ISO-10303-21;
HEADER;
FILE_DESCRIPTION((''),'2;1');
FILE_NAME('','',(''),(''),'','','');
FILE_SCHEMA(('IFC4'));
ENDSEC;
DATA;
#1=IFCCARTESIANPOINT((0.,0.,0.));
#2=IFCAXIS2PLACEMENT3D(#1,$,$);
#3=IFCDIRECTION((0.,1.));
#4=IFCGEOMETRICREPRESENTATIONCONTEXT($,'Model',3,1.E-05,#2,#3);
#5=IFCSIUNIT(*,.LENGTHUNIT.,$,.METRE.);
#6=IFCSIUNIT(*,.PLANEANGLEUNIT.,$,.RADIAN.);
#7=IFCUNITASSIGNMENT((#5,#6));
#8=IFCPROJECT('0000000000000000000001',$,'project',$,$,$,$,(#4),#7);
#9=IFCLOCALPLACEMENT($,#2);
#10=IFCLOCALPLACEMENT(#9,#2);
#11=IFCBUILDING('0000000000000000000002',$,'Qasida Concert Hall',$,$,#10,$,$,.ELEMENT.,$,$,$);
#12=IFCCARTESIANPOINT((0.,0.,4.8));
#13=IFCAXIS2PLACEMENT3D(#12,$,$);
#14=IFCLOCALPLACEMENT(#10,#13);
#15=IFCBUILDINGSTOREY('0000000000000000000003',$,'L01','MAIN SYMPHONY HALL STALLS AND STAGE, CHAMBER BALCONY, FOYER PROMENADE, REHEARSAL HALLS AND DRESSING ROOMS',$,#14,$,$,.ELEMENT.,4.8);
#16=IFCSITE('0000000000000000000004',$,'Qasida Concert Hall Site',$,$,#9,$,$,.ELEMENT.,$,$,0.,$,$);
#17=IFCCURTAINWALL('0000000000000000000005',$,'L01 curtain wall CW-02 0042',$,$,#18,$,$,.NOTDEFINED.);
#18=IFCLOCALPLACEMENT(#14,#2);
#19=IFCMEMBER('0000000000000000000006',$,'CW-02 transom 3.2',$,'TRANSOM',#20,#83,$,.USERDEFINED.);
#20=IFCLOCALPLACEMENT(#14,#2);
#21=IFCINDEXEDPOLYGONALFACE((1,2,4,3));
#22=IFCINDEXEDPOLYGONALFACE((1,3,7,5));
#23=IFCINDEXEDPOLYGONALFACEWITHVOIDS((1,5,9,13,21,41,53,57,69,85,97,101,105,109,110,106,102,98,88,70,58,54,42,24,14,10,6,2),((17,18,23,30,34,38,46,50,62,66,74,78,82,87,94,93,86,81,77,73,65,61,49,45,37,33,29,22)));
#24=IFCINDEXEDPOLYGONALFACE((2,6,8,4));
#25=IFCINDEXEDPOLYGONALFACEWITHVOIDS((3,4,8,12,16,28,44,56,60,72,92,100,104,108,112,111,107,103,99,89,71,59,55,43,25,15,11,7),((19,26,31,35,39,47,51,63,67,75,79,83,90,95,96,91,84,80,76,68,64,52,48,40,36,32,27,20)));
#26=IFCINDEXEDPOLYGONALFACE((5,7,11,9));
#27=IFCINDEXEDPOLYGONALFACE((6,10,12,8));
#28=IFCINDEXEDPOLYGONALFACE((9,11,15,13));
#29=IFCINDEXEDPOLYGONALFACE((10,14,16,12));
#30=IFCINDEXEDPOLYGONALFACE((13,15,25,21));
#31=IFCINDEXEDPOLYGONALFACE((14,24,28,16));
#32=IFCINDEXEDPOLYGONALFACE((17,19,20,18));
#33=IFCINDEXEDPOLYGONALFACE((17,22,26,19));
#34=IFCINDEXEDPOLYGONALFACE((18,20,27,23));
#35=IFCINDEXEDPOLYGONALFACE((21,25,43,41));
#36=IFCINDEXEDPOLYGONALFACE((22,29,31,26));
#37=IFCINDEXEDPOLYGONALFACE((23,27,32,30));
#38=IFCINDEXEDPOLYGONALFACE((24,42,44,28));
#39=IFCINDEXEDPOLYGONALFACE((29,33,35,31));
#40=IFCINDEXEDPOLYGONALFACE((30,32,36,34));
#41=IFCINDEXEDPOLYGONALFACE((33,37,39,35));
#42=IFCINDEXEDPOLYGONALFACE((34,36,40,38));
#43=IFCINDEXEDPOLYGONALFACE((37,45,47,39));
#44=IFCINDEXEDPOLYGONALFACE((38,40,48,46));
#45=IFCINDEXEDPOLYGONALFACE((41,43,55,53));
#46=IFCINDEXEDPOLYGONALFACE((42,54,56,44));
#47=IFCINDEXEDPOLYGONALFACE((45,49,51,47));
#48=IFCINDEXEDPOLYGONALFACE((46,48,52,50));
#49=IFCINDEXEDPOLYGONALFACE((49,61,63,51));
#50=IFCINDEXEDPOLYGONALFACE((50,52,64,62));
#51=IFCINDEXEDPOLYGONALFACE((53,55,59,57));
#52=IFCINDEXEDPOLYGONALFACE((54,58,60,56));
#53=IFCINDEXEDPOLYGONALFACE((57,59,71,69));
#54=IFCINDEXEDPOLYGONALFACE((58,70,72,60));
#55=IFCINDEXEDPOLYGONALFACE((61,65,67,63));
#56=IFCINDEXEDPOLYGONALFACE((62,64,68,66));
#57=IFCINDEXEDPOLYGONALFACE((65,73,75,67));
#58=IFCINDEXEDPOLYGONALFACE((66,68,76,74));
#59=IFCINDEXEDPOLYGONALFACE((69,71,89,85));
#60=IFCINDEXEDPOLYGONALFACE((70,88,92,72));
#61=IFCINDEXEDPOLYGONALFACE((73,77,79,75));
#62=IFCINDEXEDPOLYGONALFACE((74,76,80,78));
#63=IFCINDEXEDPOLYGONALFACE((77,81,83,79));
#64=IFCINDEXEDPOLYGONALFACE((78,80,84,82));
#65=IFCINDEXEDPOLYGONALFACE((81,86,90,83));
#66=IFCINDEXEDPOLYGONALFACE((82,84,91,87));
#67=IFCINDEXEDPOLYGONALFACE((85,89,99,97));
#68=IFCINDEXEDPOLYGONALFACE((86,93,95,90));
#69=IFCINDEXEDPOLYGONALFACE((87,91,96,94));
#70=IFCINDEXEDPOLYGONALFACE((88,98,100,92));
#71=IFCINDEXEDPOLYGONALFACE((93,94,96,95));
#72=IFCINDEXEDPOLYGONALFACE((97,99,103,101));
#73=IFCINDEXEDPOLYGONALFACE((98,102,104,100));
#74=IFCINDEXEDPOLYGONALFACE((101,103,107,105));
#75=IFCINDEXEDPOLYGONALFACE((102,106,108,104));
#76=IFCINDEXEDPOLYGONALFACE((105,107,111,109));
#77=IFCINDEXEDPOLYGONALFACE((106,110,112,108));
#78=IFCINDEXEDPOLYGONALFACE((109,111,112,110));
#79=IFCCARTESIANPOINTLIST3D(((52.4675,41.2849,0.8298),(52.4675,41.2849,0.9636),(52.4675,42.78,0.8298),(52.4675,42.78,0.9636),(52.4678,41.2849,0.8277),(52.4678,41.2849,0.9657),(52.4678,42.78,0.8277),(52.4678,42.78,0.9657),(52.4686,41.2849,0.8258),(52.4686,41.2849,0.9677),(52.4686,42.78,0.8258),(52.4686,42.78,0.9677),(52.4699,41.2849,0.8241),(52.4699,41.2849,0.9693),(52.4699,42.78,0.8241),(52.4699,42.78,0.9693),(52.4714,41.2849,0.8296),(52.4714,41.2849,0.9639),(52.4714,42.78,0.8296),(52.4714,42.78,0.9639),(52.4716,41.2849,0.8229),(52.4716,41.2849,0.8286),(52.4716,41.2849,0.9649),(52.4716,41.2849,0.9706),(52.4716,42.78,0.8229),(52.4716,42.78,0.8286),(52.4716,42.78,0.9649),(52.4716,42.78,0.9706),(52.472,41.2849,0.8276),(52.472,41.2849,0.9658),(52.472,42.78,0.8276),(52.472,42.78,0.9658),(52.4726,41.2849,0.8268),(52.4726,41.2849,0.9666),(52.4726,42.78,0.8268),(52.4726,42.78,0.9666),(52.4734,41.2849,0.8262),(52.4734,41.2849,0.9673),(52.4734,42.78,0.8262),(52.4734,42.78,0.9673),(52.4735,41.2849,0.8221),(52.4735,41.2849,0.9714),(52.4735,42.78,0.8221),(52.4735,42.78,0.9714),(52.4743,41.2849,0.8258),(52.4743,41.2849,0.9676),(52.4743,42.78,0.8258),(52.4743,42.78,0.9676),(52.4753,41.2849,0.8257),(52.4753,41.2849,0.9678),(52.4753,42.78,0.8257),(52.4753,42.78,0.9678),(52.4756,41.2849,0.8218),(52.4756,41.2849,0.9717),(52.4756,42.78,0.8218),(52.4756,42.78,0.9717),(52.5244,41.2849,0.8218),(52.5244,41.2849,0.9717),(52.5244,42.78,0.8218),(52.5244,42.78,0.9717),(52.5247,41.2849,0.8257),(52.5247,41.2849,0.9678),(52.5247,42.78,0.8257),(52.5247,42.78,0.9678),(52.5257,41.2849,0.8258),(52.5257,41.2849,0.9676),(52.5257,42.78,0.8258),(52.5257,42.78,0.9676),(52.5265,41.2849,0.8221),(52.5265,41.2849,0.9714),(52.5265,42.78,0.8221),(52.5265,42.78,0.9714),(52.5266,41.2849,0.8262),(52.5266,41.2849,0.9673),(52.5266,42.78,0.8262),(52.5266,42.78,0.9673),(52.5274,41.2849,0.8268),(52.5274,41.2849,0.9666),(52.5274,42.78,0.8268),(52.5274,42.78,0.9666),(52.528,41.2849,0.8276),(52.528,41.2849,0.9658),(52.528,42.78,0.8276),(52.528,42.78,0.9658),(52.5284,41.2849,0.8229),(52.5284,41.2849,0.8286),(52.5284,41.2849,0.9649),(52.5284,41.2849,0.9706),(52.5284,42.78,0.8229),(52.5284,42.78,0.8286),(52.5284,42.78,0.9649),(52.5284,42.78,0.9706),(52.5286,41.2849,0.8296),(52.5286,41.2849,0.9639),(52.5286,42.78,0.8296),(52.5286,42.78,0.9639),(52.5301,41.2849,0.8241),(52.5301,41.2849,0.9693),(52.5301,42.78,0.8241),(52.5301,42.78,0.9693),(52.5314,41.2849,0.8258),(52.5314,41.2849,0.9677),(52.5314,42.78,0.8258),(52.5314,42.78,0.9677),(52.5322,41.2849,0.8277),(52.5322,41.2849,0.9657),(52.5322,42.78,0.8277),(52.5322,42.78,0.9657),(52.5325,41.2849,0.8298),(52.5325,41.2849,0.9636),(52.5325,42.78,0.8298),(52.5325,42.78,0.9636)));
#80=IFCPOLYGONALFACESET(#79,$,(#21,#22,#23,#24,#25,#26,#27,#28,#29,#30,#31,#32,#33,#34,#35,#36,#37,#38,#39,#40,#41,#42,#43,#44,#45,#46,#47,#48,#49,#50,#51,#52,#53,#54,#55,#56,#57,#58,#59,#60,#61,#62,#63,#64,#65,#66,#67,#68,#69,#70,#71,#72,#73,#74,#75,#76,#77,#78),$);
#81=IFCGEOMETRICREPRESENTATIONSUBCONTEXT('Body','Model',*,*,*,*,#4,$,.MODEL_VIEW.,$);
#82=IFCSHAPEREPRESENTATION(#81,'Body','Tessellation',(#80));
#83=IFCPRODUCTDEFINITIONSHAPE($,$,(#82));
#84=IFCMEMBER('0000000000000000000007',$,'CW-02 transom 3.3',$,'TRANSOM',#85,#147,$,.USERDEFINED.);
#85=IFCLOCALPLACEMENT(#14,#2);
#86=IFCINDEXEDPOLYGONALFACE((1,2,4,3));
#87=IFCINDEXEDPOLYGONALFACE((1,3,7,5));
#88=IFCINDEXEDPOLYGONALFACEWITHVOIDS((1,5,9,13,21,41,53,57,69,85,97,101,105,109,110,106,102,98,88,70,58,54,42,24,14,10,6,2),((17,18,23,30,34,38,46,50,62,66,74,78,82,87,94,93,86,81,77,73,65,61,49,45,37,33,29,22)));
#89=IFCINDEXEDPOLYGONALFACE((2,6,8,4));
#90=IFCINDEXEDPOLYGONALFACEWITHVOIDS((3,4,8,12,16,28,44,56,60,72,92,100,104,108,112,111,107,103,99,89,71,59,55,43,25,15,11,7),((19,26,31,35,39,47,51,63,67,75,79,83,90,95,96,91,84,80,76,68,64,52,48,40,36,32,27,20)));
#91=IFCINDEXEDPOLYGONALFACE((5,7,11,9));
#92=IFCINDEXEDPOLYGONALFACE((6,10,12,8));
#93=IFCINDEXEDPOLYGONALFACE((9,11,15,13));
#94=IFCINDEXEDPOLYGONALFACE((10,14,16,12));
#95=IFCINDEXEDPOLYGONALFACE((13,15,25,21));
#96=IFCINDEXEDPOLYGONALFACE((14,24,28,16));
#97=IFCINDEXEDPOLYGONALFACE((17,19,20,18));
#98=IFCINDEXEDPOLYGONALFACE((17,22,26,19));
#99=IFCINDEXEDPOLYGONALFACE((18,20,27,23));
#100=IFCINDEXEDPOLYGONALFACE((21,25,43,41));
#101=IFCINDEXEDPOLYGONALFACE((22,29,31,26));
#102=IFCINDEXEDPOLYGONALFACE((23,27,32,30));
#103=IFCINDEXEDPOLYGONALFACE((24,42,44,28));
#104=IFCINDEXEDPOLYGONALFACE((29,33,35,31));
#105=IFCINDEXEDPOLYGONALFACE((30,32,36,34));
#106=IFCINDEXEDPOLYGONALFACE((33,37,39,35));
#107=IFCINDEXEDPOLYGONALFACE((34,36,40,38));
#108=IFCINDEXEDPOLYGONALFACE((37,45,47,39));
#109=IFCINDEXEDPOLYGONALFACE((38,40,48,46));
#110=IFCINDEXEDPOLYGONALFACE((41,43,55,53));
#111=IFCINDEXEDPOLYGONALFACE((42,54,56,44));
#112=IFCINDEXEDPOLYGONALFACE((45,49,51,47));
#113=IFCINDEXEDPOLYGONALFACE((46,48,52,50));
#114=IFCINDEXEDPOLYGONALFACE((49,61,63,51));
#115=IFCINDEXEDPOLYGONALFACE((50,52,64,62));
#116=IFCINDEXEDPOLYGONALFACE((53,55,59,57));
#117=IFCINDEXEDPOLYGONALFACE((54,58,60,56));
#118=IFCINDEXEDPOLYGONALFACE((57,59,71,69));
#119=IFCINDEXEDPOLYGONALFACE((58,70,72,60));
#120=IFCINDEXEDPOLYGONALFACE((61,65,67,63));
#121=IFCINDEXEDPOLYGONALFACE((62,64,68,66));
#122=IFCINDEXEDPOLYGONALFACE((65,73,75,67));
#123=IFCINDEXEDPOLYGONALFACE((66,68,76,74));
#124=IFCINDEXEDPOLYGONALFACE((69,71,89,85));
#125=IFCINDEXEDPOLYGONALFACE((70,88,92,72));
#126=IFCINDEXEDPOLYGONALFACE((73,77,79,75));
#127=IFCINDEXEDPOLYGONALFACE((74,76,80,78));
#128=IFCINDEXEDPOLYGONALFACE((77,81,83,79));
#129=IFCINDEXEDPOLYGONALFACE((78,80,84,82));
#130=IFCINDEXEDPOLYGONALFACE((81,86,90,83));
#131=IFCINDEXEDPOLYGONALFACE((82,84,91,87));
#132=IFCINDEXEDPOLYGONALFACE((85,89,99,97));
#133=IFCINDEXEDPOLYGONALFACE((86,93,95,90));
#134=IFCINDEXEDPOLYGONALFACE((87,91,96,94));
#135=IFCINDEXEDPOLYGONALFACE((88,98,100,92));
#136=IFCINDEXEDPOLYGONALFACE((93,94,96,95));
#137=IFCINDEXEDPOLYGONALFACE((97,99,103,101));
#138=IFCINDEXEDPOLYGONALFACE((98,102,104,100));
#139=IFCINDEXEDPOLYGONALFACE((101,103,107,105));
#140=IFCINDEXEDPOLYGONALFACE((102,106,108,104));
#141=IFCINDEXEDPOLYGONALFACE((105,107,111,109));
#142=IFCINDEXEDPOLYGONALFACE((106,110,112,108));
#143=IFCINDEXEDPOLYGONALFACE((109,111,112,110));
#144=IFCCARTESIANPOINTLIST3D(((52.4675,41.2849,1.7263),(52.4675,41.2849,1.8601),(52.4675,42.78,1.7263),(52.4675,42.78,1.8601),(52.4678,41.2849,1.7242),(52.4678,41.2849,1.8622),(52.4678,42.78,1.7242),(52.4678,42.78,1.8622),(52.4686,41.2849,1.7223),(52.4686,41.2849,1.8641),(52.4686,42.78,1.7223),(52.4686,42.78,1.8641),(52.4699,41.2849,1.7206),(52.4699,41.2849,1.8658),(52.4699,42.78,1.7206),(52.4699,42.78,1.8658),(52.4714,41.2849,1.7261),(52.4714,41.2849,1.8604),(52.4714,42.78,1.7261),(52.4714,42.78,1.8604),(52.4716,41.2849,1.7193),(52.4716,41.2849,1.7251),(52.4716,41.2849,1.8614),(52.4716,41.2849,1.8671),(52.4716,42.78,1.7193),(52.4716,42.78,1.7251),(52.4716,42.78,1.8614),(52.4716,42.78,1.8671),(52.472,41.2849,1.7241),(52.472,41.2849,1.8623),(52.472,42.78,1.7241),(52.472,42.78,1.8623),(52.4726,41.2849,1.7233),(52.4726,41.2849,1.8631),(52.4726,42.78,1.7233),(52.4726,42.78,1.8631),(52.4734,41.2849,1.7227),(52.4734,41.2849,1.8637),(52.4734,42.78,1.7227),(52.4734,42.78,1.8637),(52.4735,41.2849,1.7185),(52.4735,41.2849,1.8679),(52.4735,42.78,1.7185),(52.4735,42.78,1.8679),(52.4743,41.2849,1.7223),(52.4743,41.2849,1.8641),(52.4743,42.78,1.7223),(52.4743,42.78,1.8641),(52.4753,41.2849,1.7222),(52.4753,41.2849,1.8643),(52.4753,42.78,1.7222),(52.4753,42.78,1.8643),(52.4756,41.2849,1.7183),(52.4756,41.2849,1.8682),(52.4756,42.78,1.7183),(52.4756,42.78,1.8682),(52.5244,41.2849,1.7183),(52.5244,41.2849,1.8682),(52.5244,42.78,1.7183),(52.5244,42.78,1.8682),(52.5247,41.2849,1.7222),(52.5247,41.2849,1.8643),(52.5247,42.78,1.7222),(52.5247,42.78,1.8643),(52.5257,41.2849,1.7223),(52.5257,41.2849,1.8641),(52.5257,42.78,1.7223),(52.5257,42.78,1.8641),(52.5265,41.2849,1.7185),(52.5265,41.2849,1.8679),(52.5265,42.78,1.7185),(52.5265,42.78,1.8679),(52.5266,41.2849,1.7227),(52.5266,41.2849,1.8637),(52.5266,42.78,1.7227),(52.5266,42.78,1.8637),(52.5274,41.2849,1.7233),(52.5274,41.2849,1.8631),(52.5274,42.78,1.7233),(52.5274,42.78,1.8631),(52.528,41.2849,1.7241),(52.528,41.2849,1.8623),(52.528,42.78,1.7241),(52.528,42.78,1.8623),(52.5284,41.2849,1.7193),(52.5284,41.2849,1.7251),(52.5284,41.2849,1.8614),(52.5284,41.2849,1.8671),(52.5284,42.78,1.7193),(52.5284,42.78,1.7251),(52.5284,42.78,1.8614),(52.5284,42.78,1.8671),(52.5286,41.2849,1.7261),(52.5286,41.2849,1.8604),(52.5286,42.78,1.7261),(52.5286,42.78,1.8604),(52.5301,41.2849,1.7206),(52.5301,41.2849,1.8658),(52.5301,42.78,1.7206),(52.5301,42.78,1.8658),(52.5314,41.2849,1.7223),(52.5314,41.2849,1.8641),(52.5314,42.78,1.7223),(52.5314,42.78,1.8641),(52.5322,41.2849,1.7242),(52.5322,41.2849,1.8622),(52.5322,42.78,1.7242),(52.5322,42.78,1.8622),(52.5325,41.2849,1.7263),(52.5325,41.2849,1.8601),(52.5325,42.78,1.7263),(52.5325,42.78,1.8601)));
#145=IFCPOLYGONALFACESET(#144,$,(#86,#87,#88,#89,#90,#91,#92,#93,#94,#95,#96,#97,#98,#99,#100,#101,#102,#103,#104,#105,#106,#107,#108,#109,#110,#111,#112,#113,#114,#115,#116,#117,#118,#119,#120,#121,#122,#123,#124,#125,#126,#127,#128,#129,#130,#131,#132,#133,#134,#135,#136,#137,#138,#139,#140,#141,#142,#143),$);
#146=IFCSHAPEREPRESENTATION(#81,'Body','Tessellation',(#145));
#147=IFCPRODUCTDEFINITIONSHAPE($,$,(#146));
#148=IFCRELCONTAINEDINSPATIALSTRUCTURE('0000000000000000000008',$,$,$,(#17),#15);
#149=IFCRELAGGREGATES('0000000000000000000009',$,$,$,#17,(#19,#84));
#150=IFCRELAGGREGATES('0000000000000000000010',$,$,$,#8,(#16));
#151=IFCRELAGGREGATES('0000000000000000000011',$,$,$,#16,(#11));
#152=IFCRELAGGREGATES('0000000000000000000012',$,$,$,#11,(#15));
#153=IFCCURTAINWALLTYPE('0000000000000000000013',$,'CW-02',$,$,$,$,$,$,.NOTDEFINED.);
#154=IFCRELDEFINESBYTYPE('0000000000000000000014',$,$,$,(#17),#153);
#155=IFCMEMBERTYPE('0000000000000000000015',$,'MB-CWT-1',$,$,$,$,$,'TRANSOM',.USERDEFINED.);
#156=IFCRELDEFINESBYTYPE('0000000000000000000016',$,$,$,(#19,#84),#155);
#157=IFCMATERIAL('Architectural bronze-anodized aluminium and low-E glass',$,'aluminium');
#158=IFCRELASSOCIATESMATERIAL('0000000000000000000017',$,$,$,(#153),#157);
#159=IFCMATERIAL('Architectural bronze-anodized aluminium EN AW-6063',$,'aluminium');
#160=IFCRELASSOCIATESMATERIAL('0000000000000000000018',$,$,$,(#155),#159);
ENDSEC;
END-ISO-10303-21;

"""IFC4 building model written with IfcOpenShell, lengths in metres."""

from ifc_helpers import new_model, si_unit, direction, frame, origin, origin_2d, place, context, subcontext, project, spatial, hollow_rectangle, extrude, material, material_profile, profile_set, type_object, element, aggregate, save


model = new_model("IFC4")

# Units and contexts
model_context = context("Model", 3, precision=1e-05, world=origin(), true_north=direction((0.0, 1.0)))
body_context = subcontext(model_context, "Body", "Model", "MODEL_VIEW")
ifc_project = project(units=[si_unit("LENGTHUNIT", "METRE"), si_unit("PLANEANGLEUNIT", "RADIAN")], contexts=[model_context])

# Site, building, storey
site_placement = place(None, origin())
site = spatial("IfcSite", under=ifc_project, at=site_placement, Name="Qasida Concert Hall Site", CompositionType="ELEMENT", RefElevation=0.0)
building_placement = place(site_placement, origin())
building = spatial("IfcBuilding", under=site, at=building_placement, Name="Qasida Concert Hall", CompositionType="ELEMENT")
storey_placement = place(building_placement, frame((0.0, 0.0, 4.8)))
storey = spatial("IfcBuildingStorey", under=building, at=storey_placement, Name="L01", Description="MAIN SYMPHONY HALL STALLS AND STAGE, CHAMBER BALCONY, FOYER PROMENADE, REHEARSAL HALLS AND DRESSING ROOMS", CompositionType="ELEMENT", Elevation=4.8)

# Curtain wall, members
ifc_material_1 = material(Name="Architectural bronze-anodized aluminium and low-E glass", Category="aluminium")
curtain_wall_type = type_object("IfcCurtainWallType", Name="CW-02", PredefinedType="NOTDEFINED", material=ifc_material_1)
curtain_wall_placement = place(storey_placement, origin())
curtain_wall = element("IfcCurtainWall", 1, at=curtain_wall_placement, inside=storey, type_object=curtain_wall_type, Name="L01 curtain wall CW-02 0042", PredefinedType="NOTDEFINED")
ifc_material_2 = material(Name="Architectural bronze-anodized aluminium EN AW-6063", Category="aluminium")
ifc_material_profile_1 = material_profile(ifc_material_2, hollow_rectangle(XDim=0.0649, YDim=0.1499, WallThickness=0.0039, InnerFilletRadius=0.0039, OuterFilletRadius=0.0081, at=origin_2d()), Name="CWT 150x65x4")
ifc_profile_set_1 = profile_set([ifc_material_profile_1], Name="Architectural bronze-anodized aluminium EN AW-6063")
member_type_1 = type_object("IfcMemberType", Name="MB-CWT-1", ElementType="TRANSOM", PredefinedType="USERDEFINED", material=ifc_profile_set_1)
member_1_placement = place(storey_placement, frame((52.5, 41.2849, 0.8967), z_axis=(0.0, 1.0, 0.0), x_axis=(-1.0, 0.0, 0.0)))
member_1 = element("IfcMember", 2, at=member_1_placement, type_object=member_type_1, Name="CW-02 transom 3.2", ObjectType="TRANSOM", PredefinedType="USERDEFINED", context=body_context, shape_type="SweptSolid", body=[
    extrude(hollow_rectangle(XDim=0.0649, YDim=0.1499, WallThickness=0.0039, InnerFilletRadius=0.0039, OuterFilletRadius=0.0081, at=origin_2d()), origin(), (0.0, 0.0, 1.0), 1.4951),
])
member_2_placement = place(storey_placement, frame((52.5, 41.2849, 1.7932), z_axis=(0.0, 1.0, 0.0), x_axis=(-1.0, 0.0, 0.0)))
member_2 = element("IfcMember", 3, at=member_2_placement, type_object=member_type_1, Name="CW-02 transom 3.3", ObjectType="TRANSOM", PredefinedType="USERDEFINED", context=body_context, shape_type="SweptSolid", body=[
    extrude(hollow_rectangle(XDim=0.0649, YDim=0.1499, WallThickness=0.0039, InnerFilletRadius=0.0039, OuterFilletRadius=0.0081, at=origin_2d()), origin(), (0.0, 0.0, 1.0), 1.4951),
])
aggregate(curtain_wall, [member_1, member_2])

save(model, "model.ifc")
